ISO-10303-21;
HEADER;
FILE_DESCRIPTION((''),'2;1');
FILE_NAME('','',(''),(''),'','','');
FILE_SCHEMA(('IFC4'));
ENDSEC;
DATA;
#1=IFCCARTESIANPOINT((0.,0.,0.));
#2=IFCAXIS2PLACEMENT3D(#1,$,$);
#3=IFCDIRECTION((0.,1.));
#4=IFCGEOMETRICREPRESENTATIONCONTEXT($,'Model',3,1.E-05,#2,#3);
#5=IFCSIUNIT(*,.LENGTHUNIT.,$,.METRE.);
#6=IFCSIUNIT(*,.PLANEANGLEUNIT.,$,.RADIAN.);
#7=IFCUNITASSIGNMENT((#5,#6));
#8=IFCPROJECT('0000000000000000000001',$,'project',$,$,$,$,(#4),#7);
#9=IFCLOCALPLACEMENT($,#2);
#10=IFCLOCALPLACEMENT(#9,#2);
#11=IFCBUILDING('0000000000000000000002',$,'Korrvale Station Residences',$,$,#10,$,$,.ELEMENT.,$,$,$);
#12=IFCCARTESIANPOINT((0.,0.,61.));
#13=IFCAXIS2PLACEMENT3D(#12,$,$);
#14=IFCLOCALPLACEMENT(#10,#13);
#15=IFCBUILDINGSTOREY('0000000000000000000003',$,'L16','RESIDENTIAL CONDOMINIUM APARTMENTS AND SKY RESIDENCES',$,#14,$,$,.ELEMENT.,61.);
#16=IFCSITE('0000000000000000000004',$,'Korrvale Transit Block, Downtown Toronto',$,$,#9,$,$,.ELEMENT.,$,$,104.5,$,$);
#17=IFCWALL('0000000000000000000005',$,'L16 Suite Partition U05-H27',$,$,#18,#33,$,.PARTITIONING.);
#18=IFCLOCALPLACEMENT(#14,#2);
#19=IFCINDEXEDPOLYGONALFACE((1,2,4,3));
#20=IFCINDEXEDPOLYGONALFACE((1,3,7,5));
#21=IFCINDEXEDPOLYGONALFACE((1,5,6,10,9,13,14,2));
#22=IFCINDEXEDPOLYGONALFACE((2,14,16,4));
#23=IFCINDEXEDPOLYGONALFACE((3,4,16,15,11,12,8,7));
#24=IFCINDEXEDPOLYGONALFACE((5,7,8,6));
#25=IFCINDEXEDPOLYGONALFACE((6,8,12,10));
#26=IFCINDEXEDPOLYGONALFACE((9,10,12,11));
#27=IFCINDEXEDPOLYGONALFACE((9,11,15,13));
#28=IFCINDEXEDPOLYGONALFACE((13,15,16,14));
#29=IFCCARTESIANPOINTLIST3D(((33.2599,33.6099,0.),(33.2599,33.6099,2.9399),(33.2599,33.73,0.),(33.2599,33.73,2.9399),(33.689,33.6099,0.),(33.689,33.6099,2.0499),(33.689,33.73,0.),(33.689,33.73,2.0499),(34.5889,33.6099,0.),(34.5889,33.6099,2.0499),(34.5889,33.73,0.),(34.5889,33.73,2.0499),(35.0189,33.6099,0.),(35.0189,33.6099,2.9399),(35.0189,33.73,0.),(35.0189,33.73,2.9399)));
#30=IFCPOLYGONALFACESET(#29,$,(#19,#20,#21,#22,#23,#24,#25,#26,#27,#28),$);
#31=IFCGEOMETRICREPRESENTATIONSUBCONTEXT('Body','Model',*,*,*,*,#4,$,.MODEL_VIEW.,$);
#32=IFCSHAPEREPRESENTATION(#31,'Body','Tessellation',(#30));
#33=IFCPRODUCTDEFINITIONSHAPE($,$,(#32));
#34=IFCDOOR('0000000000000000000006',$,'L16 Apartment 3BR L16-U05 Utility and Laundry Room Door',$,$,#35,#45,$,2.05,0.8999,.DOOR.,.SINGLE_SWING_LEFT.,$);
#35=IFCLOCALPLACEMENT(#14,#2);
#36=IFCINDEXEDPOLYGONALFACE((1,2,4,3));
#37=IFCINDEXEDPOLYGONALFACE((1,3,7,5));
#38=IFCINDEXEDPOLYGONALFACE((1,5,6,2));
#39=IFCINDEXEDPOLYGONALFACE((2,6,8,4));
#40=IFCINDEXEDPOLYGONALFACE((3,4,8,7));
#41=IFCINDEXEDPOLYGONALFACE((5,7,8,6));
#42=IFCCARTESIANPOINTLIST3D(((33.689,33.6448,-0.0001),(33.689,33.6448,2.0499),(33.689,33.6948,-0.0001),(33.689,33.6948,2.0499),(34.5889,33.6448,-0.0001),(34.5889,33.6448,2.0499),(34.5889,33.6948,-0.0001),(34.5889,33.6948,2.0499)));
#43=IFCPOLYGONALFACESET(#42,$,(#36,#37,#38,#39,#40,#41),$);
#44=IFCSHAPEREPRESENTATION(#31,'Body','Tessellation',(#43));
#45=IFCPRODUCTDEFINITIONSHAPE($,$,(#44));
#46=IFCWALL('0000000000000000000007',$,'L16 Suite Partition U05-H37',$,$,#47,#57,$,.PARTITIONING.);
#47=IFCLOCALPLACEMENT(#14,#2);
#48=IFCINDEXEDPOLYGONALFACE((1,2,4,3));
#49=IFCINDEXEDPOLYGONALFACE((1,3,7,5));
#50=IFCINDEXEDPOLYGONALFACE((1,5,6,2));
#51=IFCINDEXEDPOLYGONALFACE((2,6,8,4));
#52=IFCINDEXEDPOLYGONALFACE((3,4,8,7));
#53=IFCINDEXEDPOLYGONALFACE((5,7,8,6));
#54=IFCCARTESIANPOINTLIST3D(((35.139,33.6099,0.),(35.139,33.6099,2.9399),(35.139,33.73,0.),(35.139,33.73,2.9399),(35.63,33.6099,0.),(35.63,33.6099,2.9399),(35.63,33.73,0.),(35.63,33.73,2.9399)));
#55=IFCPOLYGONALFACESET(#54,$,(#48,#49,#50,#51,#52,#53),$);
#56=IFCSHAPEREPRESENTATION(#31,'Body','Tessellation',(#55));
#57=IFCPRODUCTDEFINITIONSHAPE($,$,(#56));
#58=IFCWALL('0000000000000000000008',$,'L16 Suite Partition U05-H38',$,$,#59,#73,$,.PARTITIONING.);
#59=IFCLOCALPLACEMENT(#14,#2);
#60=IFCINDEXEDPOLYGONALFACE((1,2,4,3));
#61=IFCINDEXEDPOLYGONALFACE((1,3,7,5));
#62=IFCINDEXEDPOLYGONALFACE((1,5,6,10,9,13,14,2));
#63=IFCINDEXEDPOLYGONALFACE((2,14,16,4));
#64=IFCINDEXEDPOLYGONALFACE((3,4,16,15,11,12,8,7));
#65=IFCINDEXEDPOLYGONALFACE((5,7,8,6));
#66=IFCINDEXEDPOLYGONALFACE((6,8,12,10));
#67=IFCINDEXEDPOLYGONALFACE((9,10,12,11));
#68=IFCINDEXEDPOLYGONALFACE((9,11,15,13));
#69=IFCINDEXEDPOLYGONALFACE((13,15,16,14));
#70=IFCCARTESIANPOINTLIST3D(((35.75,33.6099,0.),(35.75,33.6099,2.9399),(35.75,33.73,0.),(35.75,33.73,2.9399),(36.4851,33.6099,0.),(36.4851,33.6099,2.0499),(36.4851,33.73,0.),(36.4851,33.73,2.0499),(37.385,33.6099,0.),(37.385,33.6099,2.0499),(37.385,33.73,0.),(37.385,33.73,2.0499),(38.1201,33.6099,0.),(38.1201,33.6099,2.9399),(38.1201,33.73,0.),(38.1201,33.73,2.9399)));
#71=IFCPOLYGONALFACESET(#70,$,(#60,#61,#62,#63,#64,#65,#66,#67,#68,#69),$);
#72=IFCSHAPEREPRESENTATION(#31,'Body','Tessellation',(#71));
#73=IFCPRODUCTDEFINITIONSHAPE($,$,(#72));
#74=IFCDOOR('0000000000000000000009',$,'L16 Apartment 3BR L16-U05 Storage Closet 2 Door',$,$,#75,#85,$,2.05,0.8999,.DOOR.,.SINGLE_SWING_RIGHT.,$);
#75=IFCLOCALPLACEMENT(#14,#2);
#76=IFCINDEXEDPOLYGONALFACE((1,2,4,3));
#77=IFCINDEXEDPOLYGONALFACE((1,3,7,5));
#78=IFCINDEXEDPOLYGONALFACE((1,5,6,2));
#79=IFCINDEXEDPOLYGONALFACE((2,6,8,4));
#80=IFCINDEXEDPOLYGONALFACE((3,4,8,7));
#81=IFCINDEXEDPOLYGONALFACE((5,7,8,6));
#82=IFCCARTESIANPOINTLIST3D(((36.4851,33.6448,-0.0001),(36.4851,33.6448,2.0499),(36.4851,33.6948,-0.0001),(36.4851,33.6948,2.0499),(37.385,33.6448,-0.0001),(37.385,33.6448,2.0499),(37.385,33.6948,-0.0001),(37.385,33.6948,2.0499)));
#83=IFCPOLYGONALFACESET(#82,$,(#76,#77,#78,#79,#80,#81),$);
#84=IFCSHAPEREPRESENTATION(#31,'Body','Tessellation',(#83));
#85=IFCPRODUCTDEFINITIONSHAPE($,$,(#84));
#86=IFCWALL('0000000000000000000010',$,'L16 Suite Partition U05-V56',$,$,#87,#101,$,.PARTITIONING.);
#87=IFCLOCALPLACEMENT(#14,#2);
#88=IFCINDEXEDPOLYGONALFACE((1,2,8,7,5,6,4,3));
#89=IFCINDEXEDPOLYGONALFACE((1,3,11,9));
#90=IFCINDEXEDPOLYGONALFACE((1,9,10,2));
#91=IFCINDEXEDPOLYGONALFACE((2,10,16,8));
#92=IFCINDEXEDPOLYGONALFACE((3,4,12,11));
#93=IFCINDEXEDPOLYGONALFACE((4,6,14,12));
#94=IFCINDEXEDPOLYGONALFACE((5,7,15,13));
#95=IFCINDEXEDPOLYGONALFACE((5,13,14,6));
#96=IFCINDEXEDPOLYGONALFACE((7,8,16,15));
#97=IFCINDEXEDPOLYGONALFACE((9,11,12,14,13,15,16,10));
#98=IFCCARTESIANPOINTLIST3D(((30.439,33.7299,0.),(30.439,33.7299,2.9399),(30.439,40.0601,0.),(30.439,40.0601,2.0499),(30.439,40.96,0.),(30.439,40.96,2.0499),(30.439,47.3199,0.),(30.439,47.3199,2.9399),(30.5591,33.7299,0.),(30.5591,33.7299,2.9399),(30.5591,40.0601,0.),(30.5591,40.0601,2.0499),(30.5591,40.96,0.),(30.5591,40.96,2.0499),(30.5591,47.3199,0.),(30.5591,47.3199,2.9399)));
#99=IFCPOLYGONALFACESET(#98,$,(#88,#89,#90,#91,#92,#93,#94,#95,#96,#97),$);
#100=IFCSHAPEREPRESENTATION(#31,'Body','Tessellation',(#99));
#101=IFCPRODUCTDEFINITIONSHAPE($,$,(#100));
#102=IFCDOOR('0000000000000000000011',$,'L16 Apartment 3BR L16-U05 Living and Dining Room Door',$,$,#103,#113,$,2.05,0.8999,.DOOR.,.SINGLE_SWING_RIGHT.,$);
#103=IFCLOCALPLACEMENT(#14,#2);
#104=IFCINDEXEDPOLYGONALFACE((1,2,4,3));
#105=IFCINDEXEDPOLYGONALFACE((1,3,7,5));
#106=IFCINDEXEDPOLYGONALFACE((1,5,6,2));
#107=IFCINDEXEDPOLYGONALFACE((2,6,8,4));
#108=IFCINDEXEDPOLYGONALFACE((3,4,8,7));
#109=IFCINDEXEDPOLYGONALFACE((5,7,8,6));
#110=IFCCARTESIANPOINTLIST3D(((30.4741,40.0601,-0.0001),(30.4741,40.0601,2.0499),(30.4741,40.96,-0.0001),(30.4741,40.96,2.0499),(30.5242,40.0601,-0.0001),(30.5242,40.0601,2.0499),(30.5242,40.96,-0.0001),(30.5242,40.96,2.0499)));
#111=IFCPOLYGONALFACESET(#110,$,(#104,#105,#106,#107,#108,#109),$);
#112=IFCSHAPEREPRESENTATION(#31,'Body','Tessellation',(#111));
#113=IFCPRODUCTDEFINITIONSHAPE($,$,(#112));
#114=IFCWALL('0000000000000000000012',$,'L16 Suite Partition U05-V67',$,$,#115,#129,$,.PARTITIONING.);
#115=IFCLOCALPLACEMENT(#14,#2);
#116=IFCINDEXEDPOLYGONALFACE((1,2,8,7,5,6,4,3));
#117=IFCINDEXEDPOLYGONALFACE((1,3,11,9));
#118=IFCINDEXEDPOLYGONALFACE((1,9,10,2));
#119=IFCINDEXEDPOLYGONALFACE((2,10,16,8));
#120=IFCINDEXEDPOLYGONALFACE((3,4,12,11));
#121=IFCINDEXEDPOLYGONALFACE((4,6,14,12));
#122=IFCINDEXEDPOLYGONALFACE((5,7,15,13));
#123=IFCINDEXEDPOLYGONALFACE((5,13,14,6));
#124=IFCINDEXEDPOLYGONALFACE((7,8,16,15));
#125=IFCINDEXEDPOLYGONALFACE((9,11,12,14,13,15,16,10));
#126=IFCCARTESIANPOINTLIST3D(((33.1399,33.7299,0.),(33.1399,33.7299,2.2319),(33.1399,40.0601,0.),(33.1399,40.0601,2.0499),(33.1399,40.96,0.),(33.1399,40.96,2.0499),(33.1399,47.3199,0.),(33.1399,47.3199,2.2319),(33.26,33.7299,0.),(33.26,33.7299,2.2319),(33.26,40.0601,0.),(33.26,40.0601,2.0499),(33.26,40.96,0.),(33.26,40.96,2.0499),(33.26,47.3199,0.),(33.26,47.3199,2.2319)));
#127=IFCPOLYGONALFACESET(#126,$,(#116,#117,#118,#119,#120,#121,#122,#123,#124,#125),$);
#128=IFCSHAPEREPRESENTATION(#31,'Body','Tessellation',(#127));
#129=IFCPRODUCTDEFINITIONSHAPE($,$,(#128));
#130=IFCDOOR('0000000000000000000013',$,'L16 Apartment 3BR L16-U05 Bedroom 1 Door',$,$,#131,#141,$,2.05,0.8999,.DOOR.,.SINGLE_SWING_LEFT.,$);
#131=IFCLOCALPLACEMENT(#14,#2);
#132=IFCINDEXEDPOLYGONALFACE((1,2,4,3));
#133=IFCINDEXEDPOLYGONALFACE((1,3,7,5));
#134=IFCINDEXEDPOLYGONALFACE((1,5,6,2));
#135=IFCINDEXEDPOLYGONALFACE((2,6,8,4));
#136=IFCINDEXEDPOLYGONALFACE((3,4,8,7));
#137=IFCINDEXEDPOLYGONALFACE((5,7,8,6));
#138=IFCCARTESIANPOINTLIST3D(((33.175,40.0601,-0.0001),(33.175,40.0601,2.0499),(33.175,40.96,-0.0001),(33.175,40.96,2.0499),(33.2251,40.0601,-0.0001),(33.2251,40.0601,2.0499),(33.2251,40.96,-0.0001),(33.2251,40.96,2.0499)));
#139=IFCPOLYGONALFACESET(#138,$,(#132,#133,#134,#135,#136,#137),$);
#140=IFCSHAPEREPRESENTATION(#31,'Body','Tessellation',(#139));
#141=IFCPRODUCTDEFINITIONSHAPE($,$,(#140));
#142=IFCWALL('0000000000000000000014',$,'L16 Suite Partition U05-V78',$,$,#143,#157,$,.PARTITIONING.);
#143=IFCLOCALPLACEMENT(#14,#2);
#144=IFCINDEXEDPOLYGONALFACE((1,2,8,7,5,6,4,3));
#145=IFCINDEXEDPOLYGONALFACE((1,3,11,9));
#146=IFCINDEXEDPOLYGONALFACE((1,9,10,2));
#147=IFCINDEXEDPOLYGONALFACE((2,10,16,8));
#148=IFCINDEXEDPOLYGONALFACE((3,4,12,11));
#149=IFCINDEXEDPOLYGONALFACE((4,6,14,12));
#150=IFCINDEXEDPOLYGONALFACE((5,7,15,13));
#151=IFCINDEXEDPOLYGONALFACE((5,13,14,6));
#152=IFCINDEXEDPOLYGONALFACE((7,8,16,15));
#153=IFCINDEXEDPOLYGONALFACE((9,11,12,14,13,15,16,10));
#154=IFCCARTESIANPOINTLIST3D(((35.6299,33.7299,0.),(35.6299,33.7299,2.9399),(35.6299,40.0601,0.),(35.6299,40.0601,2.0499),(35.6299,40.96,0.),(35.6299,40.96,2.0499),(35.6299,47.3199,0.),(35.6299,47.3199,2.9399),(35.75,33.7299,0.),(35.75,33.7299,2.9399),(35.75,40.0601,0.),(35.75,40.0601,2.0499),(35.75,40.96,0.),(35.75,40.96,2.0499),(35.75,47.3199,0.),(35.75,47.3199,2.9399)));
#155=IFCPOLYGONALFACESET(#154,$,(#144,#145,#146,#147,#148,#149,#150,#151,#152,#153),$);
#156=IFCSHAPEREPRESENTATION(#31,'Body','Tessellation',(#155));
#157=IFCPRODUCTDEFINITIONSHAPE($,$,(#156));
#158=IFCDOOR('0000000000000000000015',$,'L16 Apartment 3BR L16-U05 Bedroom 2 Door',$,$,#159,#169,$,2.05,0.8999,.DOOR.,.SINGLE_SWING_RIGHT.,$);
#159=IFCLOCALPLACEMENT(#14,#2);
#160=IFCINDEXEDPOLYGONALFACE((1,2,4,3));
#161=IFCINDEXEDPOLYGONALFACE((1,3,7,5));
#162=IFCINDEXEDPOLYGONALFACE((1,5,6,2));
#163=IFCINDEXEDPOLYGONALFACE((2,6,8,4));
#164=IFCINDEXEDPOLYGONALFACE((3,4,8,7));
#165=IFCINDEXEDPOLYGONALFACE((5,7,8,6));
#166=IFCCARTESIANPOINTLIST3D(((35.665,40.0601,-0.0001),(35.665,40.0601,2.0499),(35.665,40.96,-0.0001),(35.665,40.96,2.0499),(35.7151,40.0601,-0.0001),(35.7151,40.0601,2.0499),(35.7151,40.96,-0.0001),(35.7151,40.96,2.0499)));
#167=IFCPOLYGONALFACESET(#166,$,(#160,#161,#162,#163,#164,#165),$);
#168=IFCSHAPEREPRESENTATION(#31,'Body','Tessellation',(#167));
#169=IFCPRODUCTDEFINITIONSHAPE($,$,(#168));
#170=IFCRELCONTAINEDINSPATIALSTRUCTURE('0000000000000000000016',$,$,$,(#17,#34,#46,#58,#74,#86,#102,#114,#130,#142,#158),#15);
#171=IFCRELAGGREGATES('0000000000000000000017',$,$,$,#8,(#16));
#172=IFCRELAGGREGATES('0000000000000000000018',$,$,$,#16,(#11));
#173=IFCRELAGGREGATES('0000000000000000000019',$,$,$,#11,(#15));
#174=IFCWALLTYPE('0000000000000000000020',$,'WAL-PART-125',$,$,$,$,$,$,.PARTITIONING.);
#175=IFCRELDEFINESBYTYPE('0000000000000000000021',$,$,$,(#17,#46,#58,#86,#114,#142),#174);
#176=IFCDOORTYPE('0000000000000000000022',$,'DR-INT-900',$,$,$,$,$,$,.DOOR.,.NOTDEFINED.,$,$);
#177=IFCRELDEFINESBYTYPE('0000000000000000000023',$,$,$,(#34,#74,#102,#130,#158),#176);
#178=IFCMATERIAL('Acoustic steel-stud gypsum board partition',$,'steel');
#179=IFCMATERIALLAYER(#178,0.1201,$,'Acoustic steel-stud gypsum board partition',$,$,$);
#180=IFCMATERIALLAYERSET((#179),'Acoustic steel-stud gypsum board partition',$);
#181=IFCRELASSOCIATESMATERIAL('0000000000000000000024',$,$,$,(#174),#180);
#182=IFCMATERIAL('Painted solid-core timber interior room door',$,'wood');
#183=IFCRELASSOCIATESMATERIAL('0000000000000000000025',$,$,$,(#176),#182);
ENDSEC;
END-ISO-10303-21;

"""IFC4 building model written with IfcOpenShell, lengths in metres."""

from ifc_helpers import new_model, si_unit, direction, frame, frame_2d, origin, place, context, subcontext, project, spatial, rectangle, extrude, material, layer, layer_set, type_object, element, fill, save


model = new_model("IFC4")

# Units and contexts
model_context = context("Model", 3, precision=1e-05, world=origin(), true_north=direction((0.0, 1.0)))
body_context = subcontext(model_context, "Body", "Model", "MODEL_VIEW")
ifc_project = project(units=[si_unit("LENGTHUNIT", "METRE"), si_unit("PLANEANGLEUNIT", "RADIAN")], contexts=[model_context])

# Site, building, storey
site_placement = place(None, origin())
site = spatial("IfcSite", under=ifc_project, at=site_placement, Name="Korrvale Transit Block, Downtown Toronto", CompositionType="ELEMENT", RefElevation=104.5)
building_placement = place(site_placement, origin())
building = spatial("IfcBuilding", under=site, at=building_placement, Name="Korrvale Station Residences", CompositionType="ELEMENT")
storey_placement = place(building_placement, frame((0.0, 0.0, 61.0)))
storey = spatial("IfcBuildingStorey", under=building, at=storey_placement, Name="L16", Description="RESIDENTIAL CONDOMINIUM APARTMENTS AND SKY RESIDENCES", CompositionType="ELEMENT", Elevation=61.0)

# Shared definitions
ifc_material_1 = material(Name="Acoustic steel-stud gypsum board partition", Category="steel")
ifc_layer = layer(ifc_material_1, 0.1201, Name="Acoustic steel-stud gypsum board partition")
ifc_layer_set = layer_set([ifc_layer], Name="Acoustic steel-stud gypsum board partition")
wall_type = type_object("IfcWallType", Name="WAL-PART-125", PredefinedType="PARTITIONING", material=ifc_layer_set)
ifc_material_2 = material(Name="Painted solid-core timber interior room door", Category="wood")
door_type = type_object("IfcDoorType", Name="DR-INT-900", OperationType="NOTDEFINED", PredefinedType="DOOR", material=ifc_material_2)

# Wall, opening, door
wall_1_placement = place(storey_placement, frame((33.26, 33.6699, 0.0), z_axis=(0.0, 0.0, 1.0), x_axis=(1.0, 0.0, 0.0)))
wall_1 = element("IfcWall", 1, at=wall_1_placement, inside=storey, type_object=wall_type, Name="L16 Suite Partition U05-H27", PredefinedType="PARTITIONING", context=body_context, shape_type="SweptSolid", body=[
    extrude(rectangle(XDim=1.759, YDim=0.1201, at=frame_2d((0.8794, 0.0))), origin(), (0.0, 0.0, 1.0), 2.9399),
])
opening_1_placement = place(wall_1_placement, frame((0.429, 0.0, 0.0)))
opening_1 = element("IfcOpeningElement", 2, at=opening_1_placement, cuts=wall_1, PredefinedType="OPENING", context=body_context, shape_type="SweptSolid", body=[
    extrude(rectangle(XDim=0.8999, YDim=2.05, at=frame_2d((0.45, 1.0249))), frame((0.0, 0.0701, 0.0), z_axis=(0.0, -1.0, 0.0), x_axis=(1.0, 0.0, 0.0)), (0.0, 0.0, 1.0), 0.1401),
])
door_1_placement = place(opening_1_placement, origin())
door_1 = element("IfcDoor", 3, at=door_1_placement, inside=storey, type_object=door_type, Name="L16 Apartment 3BR L16-U05 Utility and Laundry Room Door", OperationType="SINGLE_SWING_LEFT", OverallHeight=2.05, OverallWidth=0.8999, PredefinedType="DOOR", context=body_context, shape_type="SweptSolid", body=[
    extrude(rectangle(XDim=0.8999, YDim=2.05, at=frame_2d((0.45, 1.0249))), frame((0.0, 0.0249, 0.0), z_axis=(0.0, -1.0, 0.0), x_axis=(1.0, 0.0, 0.0)), (0.0, 0.0, 1.0), 0.05),
])
fill(opening_1, door_1)

# Wall
wall_2_placement = place(storey_placement, frame((35.1389, 33.6699, 0.0), z_axis=(0.0, 0.0, 1.0), x_axis=(1.0, 0.0, 0.0)))
element("IfcWall", 4, at=wall_2_placement, inside=storey, type_object=wall_type, Name="L16 Suite Partition U05-H37", PredefinedType="PARTITIONING", context=body_context, shape_type="SweptSolid", body=[
    extrude(rectangle(XDim=0.491, YDim=0.1201, at=frame_2d((0.2456, 0.0))), origin(), (0.0, 0.0, 1.0), 2.9399),
])

# Walls, openings, doors
wall_3_placement = place(storey_placement, frame((35.75, 33.6699, 0.0), z_axis=(0.0, 0.0, 1.0), x_axis=(1.0, 0.0, 0.0)))
wall_3 = element("IfcWall", 5, at=wall_3_placement, inside=storey, type_object=wall_type, Name="L16 Suite Partition U05-H38", PredefinedType="PARTITIONING", context=body_context, shape_type="SweptSolid", body=[
    extrude(rectangle(XDim=2.3701, YDim=0.1201, at=frame_2d((1.1851, 0.0))), origin(), (0.0, 0.0, 1.0), 2.9399),
])
opening_2_placement = place(wall_3_placement, frame((0.7351, 0.0, 0.0)))
opening_2 = element("IfcOpeningElement", 6, at=opening_2_placement, cuts=wall_3, PredefinedType="OPENING", context=body_context, shape_type="SweptSolid", body=[
    extrude(rectangle(XDim=0.8999, YDim=2.05, at=frame_2d((0.45, 1.0249))), frame((0.0, 0.0701, 0.0), z_axis=(0.0, -1.0, 0.0), x_axis=(1.0, 0.0, 0.0)), (0.0, 0.0, 1.0), 0.1401),
])
door_2_placement = place(opening_2_placement, origin())
door_2 = element("IfcDoor", 7, at=door_2_placement, inside=storey, type_object=door_type, Name="L16 Apartment 3BR L16-U05 Storage Closet 2 Door", OperationType="SINGLE_SWING_RIGHT", OverallHeight=2.05, OverallWidth=0.8999, PredefinedType="DOOR", context=body_context, shape_type="SweptSolid", body=[
    extrude(rectangle(XDim=0.8999, YDim=2.05, at=frame_2d((0.45, 1.0249))), frame((0.0, 0.0249, 0.0), z_axis=(0.0, -1.0, 0.0), x_axis=(1.0, 0.0, 0.0)), (0.0, 0.0, 1.0), 0.05),
])
fill(opening_2, door_2)
wall_4_placement = place(storey_placement, frame((30.499, 33.73, 0.0), z_axis=(0.0, 0.0, 1.0), x_axis=(0.0, 1.0, 0.0)))
wall_4 = element("IfcWall", 8, at=wall_4_placement, inside=storey, type_object=wall_type, Name="L16 Suite Partition U05-V56", PredefinedType="PARTITIONING", context=body_context, shape_type="SweptSolid", body=[
    extrude(rectangle(XDim=13.5901, YDim=0.1201, at=frame_2d((6.7949, 0.0))), origin(), (0.0, 0.0, 1.0), 2.9399),
])
opening_3_placement = place(wall_4_placement, frame((6.3301, 0.0, 0.0)))
opening_3 = element("IfcOpeningElement", 9, at=opening_3_placement, cuts=wall_4, PredefinedType="OPENING", context=body_context, shape_type="SweptSolid", body=[
    extrude(rectangle(XDim=0.8999, YDim=2.05, at=frame_2d((0.45, 1.0249))), frame((0.0, 0.0701, 0.0), z_axis=(0.0, -1.0, 0.0), x_axis=(1.0, 0.0, 0.0)), (0.0, 0.0, 1.0), 0.1401),
])
door_3_placement = place(opening_3_placement, origin())
door_3 = element("IfcDoor", 10, at=door_3_placement, inside=storey, type_object=door_type, Name="L16 Apartment 3BR L16-U05 Living and Dining Room Door", OperationType="SINGLE_SWING_RIGHT", OverallHeight=2.05, OverallWidth=0.8999, PredefinedType="DOOR", context=body_context, shape_type="SweptSolid", body=[
    extrude(rectangle(XDim=0.8999, YDim=2.05, at=frame_2d((0.45, 1.0249))), frame((0.0, 0.0249, 0.0), z_axis=(0.0, -1.0, 0.0), x_axis=(1.0, 0.0, 0.0)), (0.0, 0.0, 1.0), 0.05),
])
fill(opening_3, door_3)
wall_5_placement = place(storey_placement, frame((33.2, 33.73, 0.0), z_axis=(0.0, 0.0, 1.0), x_axis=(0.0, 1.0, 0.0)))
wall_5 = element("IfcWall", 11, at=wall_5_placement, inside=storey, type_object=wall_type, Name="L16 Suite Partition U05-V67", PredefinedType="PARTITIONING", context=body_context, shape_type="SweptSolid", body=[
    extrude(rectangle(XDim=13.5901, YDim=0.1201, at=frame_2d((6.7949, 0.0))), origin(), (0.0, 0.0, 1.0), 2.2319),
])
opening_4_placement = place(wall_5_placement, frame((6.3301, 0.0, 0.0)))
opening_4 = element("IfcOpeningElement", 12, at=opening_4_placement, cuts=wall_5, PredefinedType="OPENING", context=body_context, shape_type="SweptSolid", body=[
    extrude(rectangle(XDim=0.8999, YDim=2.05, at=frame_2d((0.45, 1.0249))), frame((0.0, 0.0701, 0.0), z_axis=(0.0, -1.0, 0.0), x_axis=(1.0, 0.0, 0.0)), (0.0, 0.0, 1.0), 0.1401),
])
door_4_placement = place(opening_4_placement, origin())
door_4 = element("IfcDoor", 13, at=door_4_placement, inside=storey, type_object=door_type, Name="L16 Apartment 3BR L16-U05 Bedroom 1 Door", OperationType="SINGLE_SWING_LEFT", OverallHeight=2.05, OverallWidth=0.8999, PredefinedType="DOOR", context=body_context, shape_type="SweptSolid", body=[
    extrude(rectangle(XDim=0.8999, YDim=2.05, at=frame_2d((0.45, 1.0249))), frame((0.0, 0.0249, 0.0), z_axis=(0.0, -1.0, 0.0), x_axis=(1.0, 0.0, 0.0)), (0.0, 0.0, 1.0), 0.05),
])
fill(opening_4, door_4)
wall_6_placement = place(storey_placement, frame((35.6899, 33.73, 0.0), z_axis=(0.0, 0.0, 1.0), x_axis=(0.0, 1.0, 0.0)))
wall_6 = element("IfcWall", 14, at=wall_6_placement, inside=storey, type_object=wall_type, Name="L16 Suite Partition U05-V78", PredefinedType="PARTITIONING", context=body_context, shape_type="SweptSolid", body=[
    extrude(rectangle(XDim=13.5901, YDim=0.1201, at=frame_2d((6.7949, 0.0))), origin(), (0.0, 0.0, 1.0), 2.9399),
])
opening_5_placement = place(wall_6_placement, frame((6.3301, 0.0, 0.0)))
opening_5 = element("IfcOpeningElement", 15, at=opening_5_placement, cuts=wall_6, PredefinedType="OPENING", context=body_context, shape_type="SweptSolid", body=[
    extrude(rectangle(XDim=0.8999, YDim=2.05, at=frame_2d((0.45, 1.0249))), frame((0.0, 0.0701, 0.0), z_axis=(0.0, -1.0, 0.0), x_axis=(1.0, 0.0, 0.0)), (0.0, 0.0, 1.0), 0.1401),
])
door_5_placement = place(opening_5_placement, origin())
door_5 = element("IfcDoor", 16, at=door_5_placement, inside=storey, type_object=door_type, Name="L16 Apartment 3BR L16-U05 Bedroom 2 Door", OperationType="SINGLE_SWING_RIGHT", OverallHeight=2.05, OverallWidth=0.8999, PredefinedType="DOOR", context=body_context, shape_type="SweptSolid", body=[
    extrude(rectangle(XDim=0.8999, YDim=2.05, at=frame_2d((0.45, 1.0249))), frame((0.0, 0.0249, 0.0), z_axis=(0.0, -1.0, 0.0), x_axis=(1.0, 0.0, 0.0)), (0.0, 0.0, 1.0), 0.05),
])
fill(opening_5, door_5)

save(model, "model.ifc")
